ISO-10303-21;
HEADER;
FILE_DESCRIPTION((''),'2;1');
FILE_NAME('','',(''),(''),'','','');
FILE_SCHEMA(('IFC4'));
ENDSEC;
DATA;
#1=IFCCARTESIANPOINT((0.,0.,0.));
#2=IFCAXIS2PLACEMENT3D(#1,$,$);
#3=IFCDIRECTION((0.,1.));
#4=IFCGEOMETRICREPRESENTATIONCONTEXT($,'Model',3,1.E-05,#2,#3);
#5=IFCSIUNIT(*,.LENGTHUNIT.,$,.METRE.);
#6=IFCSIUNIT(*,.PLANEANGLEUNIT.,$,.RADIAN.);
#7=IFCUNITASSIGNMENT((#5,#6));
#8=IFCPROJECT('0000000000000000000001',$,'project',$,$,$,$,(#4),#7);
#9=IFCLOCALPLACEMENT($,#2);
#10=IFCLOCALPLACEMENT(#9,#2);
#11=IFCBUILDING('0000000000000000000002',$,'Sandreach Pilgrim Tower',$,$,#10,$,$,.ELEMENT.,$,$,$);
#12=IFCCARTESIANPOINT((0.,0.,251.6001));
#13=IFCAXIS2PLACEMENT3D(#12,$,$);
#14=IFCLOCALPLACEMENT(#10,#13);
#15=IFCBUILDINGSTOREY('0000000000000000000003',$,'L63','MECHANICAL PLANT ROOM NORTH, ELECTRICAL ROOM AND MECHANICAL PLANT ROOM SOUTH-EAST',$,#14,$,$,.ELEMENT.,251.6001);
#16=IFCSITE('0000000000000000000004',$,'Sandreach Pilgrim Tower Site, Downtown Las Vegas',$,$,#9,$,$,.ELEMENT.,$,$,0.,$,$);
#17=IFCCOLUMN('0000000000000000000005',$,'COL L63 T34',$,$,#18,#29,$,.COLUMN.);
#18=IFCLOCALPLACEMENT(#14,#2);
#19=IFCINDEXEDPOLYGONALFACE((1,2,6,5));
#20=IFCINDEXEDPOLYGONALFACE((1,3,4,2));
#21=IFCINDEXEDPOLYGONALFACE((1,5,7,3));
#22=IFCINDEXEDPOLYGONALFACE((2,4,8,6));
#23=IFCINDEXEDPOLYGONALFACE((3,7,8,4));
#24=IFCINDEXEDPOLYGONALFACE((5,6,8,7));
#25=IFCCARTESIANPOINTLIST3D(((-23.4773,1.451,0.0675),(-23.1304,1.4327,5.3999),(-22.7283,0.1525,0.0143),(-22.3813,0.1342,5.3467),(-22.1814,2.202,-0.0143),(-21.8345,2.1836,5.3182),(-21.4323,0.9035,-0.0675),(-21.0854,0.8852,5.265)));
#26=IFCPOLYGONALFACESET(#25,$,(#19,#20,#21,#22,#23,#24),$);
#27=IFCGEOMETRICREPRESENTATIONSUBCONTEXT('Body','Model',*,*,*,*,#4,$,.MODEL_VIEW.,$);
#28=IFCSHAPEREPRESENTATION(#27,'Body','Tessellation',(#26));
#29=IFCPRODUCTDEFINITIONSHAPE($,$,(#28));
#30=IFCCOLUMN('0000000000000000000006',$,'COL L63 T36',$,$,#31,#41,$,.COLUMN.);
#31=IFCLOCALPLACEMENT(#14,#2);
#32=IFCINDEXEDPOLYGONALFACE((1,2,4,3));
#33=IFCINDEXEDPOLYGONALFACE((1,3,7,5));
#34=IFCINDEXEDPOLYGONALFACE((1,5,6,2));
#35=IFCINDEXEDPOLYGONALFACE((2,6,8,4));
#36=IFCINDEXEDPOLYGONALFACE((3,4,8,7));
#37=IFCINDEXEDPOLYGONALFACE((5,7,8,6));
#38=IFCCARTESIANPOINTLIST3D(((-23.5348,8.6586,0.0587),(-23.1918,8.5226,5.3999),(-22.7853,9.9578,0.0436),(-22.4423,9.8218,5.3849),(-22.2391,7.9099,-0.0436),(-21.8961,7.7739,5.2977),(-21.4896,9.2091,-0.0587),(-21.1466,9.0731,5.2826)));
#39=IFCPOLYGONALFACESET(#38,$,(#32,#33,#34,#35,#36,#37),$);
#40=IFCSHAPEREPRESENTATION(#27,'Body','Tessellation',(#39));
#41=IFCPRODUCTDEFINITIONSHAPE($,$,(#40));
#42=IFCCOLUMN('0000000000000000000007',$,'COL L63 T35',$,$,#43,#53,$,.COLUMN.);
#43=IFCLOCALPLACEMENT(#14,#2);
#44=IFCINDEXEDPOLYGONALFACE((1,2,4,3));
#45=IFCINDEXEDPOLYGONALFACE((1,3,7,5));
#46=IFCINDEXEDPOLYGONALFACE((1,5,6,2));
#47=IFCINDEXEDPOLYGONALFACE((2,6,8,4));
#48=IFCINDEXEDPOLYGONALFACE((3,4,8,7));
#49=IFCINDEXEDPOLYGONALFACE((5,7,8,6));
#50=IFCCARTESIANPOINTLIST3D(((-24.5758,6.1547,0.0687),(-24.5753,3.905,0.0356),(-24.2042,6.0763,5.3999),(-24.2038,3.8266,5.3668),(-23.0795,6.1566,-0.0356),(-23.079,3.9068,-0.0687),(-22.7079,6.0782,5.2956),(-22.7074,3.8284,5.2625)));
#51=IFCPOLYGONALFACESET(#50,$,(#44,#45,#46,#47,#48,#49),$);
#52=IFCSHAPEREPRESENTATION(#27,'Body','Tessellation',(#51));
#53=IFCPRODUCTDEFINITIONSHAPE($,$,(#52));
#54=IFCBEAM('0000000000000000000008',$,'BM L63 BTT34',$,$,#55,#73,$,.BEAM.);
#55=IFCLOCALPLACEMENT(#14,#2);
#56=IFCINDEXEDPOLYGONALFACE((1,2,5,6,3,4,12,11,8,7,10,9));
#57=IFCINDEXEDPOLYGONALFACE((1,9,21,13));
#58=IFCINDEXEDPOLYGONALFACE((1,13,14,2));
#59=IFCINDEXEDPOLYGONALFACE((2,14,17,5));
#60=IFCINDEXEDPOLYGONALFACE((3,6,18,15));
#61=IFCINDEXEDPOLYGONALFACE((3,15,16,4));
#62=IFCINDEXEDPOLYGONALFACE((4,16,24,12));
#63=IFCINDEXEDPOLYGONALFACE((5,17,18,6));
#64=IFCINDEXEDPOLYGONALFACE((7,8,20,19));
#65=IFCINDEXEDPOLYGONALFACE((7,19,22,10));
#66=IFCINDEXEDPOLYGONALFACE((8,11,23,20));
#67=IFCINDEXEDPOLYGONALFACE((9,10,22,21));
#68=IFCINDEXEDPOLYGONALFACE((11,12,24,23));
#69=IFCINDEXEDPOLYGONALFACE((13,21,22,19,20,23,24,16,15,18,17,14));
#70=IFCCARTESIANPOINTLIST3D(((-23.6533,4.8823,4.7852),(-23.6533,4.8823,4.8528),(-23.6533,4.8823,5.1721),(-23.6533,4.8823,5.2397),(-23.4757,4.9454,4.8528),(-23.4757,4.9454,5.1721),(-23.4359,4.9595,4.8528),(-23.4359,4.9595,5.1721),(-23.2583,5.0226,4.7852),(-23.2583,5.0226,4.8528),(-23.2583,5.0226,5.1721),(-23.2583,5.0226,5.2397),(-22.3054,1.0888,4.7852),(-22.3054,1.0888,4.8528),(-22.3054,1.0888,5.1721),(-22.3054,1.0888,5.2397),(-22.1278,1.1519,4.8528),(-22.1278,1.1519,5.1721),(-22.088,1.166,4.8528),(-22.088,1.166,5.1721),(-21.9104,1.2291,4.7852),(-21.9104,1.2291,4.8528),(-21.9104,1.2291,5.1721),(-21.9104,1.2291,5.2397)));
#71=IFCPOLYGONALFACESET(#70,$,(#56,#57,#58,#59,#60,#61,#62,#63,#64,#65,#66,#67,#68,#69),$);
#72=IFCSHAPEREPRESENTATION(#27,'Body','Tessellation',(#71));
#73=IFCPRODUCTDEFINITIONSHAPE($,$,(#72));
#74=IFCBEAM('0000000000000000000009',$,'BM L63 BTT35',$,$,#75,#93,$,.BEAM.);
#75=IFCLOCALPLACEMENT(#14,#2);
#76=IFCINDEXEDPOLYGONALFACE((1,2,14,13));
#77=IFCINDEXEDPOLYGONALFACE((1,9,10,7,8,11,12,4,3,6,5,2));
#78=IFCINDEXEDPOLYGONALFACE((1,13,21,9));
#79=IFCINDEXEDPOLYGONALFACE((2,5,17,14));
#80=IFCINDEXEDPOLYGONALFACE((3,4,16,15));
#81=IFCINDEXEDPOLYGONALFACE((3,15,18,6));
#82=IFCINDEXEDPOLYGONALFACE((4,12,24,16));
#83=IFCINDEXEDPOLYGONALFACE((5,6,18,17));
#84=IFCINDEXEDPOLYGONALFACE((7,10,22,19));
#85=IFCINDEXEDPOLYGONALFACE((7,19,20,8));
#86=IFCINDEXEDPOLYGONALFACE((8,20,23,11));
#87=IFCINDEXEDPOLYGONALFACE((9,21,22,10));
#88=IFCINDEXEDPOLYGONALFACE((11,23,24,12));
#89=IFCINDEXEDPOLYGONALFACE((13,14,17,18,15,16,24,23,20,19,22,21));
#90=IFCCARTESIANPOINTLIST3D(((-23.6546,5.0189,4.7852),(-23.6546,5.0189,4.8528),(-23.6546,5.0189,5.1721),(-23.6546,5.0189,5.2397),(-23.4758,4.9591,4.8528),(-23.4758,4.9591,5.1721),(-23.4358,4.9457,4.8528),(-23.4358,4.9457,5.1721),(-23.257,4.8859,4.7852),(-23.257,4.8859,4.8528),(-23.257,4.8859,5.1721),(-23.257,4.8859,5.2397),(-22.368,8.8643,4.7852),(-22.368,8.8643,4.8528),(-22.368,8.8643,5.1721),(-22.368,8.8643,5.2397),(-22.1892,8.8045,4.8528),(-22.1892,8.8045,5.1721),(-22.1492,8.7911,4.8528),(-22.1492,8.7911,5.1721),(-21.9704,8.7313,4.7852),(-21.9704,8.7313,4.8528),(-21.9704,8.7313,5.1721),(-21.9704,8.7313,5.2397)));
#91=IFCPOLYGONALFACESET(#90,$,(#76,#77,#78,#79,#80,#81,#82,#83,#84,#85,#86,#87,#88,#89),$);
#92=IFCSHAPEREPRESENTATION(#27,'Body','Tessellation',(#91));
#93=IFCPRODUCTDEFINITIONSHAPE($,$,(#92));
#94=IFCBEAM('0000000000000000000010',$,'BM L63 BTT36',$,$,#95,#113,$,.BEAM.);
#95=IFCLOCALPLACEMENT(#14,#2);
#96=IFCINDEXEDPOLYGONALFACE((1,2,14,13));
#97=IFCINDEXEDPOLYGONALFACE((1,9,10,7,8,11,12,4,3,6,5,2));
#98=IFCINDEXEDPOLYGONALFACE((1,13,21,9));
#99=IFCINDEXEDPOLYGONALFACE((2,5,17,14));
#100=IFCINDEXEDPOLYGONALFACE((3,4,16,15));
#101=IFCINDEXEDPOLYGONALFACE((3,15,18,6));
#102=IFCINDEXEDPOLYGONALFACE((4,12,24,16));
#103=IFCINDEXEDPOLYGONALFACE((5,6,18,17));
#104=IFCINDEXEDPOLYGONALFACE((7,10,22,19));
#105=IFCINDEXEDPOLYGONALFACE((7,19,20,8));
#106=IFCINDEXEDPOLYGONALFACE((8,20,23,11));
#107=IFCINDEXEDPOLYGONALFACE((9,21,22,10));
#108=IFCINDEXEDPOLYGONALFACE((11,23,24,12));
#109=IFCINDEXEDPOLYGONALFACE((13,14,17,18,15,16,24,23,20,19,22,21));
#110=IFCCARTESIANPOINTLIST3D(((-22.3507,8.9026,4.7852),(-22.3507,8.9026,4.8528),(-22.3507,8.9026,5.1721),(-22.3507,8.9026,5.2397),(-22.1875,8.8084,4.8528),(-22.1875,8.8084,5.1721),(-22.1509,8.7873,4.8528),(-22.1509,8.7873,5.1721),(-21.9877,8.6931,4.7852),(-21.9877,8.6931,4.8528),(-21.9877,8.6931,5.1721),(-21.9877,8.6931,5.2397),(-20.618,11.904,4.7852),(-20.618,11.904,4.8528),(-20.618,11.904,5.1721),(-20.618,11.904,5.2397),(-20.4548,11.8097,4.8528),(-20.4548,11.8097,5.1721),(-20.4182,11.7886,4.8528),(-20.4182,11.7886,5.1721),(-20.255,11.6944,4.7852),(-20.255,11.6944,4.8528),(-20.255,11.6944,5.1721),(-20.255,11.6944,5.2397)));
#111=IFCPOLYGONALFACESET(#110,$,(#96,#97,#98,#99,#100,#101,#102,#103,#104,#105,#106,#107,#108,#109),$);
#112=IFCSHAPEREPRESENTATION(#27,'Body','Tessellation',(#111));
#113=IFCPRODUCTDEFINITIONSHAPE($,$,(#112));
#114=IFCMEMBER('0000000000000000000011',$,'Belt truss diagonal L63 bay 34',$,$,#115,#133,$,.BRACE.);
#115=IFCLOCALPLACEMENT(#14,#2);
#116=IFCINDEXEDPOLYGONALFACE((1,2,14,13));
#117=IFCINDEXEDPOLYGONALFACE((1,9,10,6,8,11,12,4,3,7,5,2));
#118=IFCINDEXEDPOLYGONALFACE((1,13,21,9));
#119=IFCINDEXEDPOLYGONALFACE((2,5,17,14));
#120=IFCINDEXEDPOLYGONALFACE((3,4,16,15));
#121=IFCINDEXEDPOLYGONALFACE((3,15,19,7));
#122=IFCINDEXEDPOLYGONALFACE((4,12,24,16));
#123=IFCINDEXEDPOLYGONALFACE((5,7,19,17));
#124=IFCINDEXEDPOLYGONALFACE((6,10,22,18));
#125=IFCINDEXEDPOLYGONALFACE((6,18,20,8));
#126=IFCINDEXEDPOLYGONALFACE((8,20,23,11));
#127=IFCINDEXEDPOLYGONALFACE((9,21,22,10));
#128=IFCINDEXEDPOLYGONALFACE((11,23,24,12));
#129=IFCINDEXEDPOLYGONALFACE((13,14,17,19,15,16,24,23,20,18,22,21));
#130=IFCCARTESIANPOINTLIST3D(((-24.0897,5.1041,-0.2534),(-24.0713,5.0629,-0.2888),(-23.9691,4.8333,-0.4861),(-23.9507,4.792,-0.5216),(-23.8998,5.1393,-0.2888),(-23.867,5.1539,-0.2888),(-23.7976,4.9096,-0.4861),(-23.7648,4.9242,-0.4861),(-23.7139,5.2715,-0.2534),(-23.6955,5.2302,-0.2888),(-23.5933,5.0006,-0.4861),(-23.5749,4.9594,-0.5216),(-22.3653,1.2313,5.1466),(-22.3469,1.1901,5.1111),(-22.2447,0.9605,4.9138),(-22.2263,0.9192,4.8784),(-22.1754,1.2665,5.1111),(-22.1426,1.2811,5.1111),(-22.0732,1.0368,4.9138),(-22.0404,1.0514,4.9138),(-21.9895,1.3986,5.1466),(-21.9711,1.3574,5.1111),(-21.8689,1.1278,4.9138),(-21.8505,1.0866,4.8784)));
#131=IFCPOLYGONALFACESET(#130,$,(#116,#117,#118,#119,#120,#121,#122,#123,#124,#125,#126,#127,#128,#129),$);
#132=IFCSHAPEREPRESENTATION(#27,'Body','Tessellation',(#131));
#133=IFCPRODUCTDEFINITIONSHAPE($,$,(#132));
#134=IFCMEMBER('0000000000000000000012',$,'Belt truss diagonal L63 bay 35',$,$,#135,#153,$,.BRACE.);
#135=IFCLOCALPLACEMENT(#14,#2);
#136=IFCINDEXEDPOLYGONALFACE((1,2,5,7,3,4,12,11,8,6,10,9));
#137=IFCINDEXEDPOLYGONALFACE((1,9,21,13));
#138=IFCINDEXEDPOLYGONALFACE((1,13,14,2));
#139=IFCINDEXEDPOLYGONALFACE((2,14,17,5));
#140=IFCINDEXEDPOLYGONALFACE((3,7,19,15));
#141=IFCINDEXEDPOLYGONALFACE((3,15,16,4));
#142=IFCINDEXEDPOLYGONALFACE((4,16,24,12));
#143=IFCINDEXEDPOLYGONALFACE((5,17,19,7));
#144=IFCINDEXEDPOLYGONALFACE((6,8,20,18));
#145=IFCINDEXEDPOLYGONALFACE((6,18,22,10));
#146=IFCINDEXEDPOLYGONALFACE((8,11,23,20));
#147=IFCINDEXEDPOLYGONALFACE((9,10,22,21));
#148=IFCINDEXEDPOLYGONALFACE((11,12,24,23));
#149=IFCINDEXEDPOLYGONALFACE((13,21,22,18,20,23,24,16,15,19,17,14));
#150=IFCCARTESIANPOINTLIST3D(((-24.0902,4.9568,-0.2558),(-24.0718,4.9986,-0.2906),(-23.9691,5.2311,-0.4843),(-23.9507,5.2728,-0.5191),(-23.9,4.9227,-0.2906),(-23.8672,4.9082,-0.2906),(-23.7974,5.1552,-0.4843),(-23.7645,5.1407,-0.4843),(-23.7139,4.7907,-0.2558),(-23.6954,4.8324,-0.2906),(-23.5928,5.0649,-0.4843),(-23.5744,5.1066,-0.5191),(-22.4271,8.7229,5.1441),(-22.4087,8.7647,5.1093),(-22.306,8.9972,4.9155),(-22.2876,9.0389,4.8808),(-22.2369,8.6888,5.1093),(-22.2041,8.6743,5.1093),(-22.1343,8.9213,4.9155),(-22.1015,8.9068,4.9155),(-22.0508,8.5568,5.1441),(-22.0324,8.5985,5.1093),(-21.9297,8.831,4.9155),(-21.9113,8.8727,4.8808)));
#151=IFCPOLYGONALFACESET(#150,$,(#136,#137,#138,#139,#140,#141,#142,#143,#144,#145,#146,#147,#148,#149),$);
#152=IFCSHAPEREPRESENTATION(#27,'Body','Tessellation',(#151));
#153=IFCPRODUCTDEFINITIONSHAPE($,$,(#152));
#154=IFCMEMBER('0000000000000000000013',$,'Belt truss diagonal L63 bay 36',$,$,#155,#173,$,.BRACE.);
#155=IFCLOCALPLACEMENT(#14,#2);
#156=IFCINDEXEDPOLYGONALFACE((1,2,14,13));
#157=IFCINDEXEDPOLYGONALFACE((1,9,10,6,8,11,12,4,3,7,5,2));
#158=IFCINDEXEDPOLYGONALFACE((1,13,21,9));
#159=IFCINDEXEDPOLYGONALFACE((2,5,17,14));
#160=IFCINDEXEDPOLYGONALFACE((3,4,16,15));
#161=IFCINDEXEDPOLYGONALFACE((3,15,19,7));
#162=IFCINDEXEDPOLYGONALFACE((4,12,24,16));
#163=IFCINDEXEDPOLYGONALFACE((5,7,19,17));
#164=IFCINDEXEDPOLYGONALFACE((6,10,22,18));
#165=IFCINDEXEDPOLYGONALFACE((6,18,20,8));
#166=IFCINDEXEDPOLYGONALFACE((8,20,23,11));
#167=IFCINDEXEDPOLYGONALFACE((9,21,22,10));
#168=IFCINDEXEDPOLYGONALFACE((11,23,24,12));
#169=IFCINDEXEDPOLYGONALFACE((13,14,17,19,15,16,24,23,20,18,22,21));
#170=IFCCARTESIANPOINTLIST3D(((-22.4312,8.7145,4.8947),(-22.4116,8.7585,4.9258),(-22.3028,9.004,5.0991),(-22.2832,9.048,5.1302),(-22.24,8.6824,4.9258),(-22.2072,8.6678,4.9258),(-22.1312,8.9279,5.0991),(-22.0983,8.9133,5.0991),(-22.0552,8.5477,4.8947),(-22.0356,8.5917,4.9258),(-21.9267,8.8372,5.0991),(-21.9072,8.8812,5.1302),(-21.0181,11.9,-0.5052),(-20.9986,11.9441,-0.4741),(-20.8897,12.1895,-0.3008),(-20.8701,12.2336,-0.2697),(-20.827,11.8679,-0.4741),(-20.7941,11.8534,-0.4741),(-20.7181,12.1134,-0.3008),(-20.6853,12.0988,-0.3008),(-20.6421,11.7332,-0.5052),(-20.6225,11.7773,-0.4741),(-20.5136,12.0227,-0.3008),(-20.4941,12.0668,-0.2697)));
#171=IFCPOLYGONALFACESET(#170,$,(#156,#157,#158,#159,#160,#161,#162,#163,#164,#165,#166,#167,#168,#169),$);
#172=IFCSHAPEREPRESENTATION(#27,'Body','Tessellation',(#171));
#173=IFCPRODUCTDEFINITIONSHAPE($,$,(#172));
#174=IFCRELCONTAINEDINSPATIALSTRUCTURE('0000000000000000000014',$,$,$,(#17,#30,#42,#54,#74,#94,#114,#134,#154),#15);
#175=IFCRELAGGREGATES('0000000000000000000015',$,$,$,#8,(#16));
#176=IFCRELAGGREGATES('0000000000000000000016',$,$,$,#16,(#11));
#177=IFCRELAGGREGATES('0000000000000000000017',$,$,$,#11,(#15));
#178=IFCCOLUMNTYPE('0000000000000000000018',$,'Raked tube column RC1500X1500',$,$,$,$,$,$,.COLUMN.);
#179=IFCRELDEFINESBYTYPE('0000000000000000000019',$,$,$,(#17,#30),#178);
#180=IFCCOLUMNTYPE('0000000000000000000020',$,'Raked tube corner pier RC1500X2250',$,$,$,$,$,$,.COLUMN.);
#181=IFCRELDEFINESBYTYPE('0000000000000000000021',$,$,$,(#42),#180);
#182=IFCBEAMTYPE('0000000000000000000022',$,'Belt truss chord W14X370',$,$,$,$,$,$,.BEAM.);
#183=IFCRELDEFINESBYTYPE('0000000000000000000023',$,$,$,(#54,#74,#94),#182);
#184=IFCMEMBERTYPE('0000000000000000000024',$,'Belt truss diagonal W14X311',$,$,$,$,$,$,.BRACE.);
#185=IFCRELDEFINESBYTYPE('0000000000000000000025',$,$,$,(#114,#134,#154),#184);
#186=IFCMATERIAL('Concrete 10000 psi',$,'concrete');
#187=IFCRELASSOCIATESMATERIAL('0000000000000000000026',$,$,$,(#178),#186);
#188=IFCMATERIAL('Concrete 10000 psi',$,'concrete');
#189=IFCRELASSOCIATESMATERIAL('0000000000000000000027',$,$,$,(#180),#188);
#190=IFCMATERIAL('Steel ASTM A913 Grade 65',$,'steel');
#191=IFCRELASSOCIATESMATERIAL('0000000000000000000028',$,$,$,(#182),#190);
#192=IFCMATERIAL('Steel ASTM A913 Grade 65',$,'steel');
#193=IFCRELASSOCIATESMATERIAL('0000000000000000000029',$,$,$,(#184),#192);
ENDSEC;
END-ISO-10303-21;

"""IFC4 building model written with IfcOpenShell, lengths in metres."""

from ifc_helpers import new_model, si_unit, direction, frame, origin, origin_2d, place, context, subcontext, project, spatial, rectangle, i_section, extrude, material, material_profile, profile_set, type_object, element, save


model = new_model("IFC4")

# Units and contexts
model_context = context("Model", 3, precision=1e-05, world=origin(), true_north=direction((0.0, 1.0)))
body_context = subcontext(model_context, "Body", "Model", "MODEL_VIEW")
ifc_project = project(units=[si_unit("LENGTHUNIT", "METRE"), si_unit("PLANEANGLEUNIT", "RADIAN")], contexts=[model_context])

# Site, building, storey
site_placement = place(None, origin())
site = spatial("IfcSite", under=ifc_project, at=site_placement, Name="Sandreach Pilgrim Tower Site, Downtown Las Vegas", CompositionType="ELEMENT", RefElevation=0.0)
building_placement = place(site_placement, origin())
building = spatial("IfcBuilding", under=site, at=building_placement, Name="Sandreach Pilgrim Tower", CompositionType="ELEMENT")
storey_placement = place(building_placement, frame((0.0, 0.0, 251.6001)))
storey = spatial("IfcBuildingStorey", under=building, at=storey_placement, Name="L63", Description="MECHANICAL PLANT ROOM NORTH, ELECTRICAL ROOM AND MECHANICAL PLANT ROOM SOUTH-EAST", CompositionType="ELEMENT", Elevation=251.6001)

# Columns
ifc_material_1 = material(Name="Concrete 10000 psi", Category="concrete")
ifc_material_profile_1 = material_profile(ifc_material_1, rectangle(XDim=1.5, YDim=1.5, at=origin_2d()), Name="RC1500X1500")
ifc_profile_set_1 = profile_set([ifc_material_profile_1], Name="Concrete 10000 psi")
column_type_1 = type_object("IfcColumnType", Name="Raked tube column RC1500X1500", PredefinedType="COLUMN", material=ifc_profile_set_1)
column_1_placement = place(storey_placement, frame((-22.4548, 1.1772, 0.0), z_axis=(0.064921, -0.003426, 0.997885), x_axis=(-0.863948, -0.500624, 0.054488)))
element("IfcColumn", 1, at=column_1_placement, inside=storey, type_object=column_type_1, Name="COL L63 T34", PredefinedType="COLUMN", context=body_context, shape_type="SweptSolid", body=[
    extrude(rectangle(XDim=1.5, YDim=1.5, at=origin_2d()), origin(), (0.0, 0.0, 1.0), 5.3438),
])
column_2_placement = place(storey_placement, frame((-22.5122, 8.9338, 0.0), z_axis=(0.064067, -0.025399, 0.997622), x_axis=(-0.863841, 0.499128, 0.068183)))
element("IfcColumn", 2, at=column_2_placement, inside=storey, type_object=column_type_1, Name="COL L63 T36", PredefinedType="COLUMN", context=body_context, shape_type="SweptSolid", body=[
    extrude(rectangle(XDim=1.5, YDim=1.5, at=origin_2d()), origin(), (0.0, 0.0, 1.0), 5.354),
])
ifc_material_2 = material(Name="Concrete 10000 psi", Category="concrete")
ifc_material_profile_2 = material_profile(ifc_material_2, rectangle(XDim=1.5, YDim=2.25, at=origin_2d()), Name="RC1500X2250")
ifc_profile_set_2 = profile_set([ifc_material_profile_2], Name="Concrete 10000 psi")
column_type_2 = type_object("IfcColumnType", Name="Raked tube corner pier RC1500X2250", PredefinedType="COLUMN", material=ifc_profile_set_2)
column_3_placement = place(storey_placement, frame((-23.8274, 5.0308, 0.0), z_axis=(0.069522, -0.014663, 0.997473), x_axis=(-0.99758, -0.001239, 0.069511)))
element("IfcColumn", 3, at=column_3_placement, inside=storey, type_object=column_type_2, Name="COL L63 T35", PredefinedType="COLUMN", context=body_context, shape_type="SweptSolid", body=[
    extrude(rectangle(XDim=1.5, YDim=2.25, at=origin_2d()), origin(), (0.0, 0.0, 1.0), 5.3447),
])

# Beams
ifc_material_3 = material(Name="Steel ASTM A913 Grade 65", Category="steel")
ifc_material_profile_3 = material_profile(ifc_material_3, i_section(OverallWidth=0.4192, OverallDepth=0.4546, WebThickness=0.0422, FlangeThickness=0.0676, at=origin_2d()), Name="W14X370")
ifc_profile_set_3 = profile_set([ifc_material_profile_3], Name="Steel ASTM A913 Grade 65")
beam_type_1 = type_object("IfcBeamType", Name="Belt truss chord W14X370", PredefinedType="BEAM", material=ifc_profile_set_3)
beam_1_placement = place(storey_placement, frame((-22.1079, 1.1589, 5.0125), z_axis=(-0.334815, 0.942284, 0.0), x_axis=(-0.942284, -0.334815, 0.0)))
element("IfcBeam", 4, at=beam_1_placement, inside=storey, type_object=beam_type_1, Name="BM L63 BTT34", PredefinedType="BEAM", context=body_context, shape_type="SweptSolid", body=[
    extrude(i_section(OverallWidth=0.4192, OverallDepth=0.4546, WebThickness=0.0422, FlangeThickness=0.0676, at=origin_2d()), origin(), (0.0, 0.0, 1.0), 4.0259),
])
beam_2_placement = place(storey_placement, frame((-23.4558, 4.9524, 5.0125), z_axis=(0.317293, 0.948327, 0.0), x_axis=(-0.948327, 0.317293, 0.0)))
element("IfcBeam", 5, at=beam_2_placement, inside=storey, type_object=beam_type_1, Name="BM L63 BTT35", PredefinedType="BEAM", context=body_context, shape_type="SweptSolid", body=[
    extrude(i_section(OverallWidth=0.4192, OverallDepth=0.4546, WebThickness=0.0422, FlangeThickness=0.0676, at=origin_2d()), origin(), (0.0, 0.0, 1.0), 4.0549),
])
beam_3_placement = place(storey_placement, frame((-22.1692, 8.7979, 5.0125), z_axis=(0.499981, 0.866037, 0.0), x_axis=(-0.866037, 0.499981, 0.0)))
element("IfcBeam", 6, at=beam_3_placement, inside=storey, type_object=beam_type_1, Name="BM L63 BTT36", PredefinedType="BEAM", context=body_context, shape_type="SweptSolid", body=[
    extrude(i_section(OverallWidth=0.4192, OverallDepth=0.4546, WebThickness=0.0422, FlangeThickness=0.0676, at=origin_2d()), origin(), (0.0, 0.0, 1.0), 3.4656),
])

# Members
ifc_material_4 = material(Name="Steel ASTM A913 Grade 65", Category="steel")
ifc_material_profile_4 = material_profile(ifc_material_4, i_section(OverallWidth=0.4114, OverallDepth=0.4343, WebThickness=0.0359, FlangeThickness=0.0574, at=origin_2d()), Name="W14X311")
ifc_profile_set_4 = profile_set([ifc_material_profile_4], Name="Steel ASTM A913 Grade 65")
member_type_1 = type_object("IfcMemberType", Name="Belt truss diagonal W14X311", PredefinedType="BRACE", material=ifc_profile_set_4)
member_1_placement = place(storey_placement, frame((-22.1079, 1.1589, 5.0125), z_axis=(-0.251175, 0.564121, -0.786561), x_axis=(-0.913538, -0.406753, 0.0)))
element("IfcMember", 7, at=member_1_placement, inside=storey, type_object=member_type_1, Name="Belt truss diagonal L63 bay 34", PredefinedType="BRACE", context=body_context, shape_type="SweptSolid", body=[
    extrude(i_section(OverallWidth=0.4114, OverallDepth=0.4343, WebThickness=0.0359, FlangeThickness=0.0574, at=origin_2d()), origin(), (0.0, 0.0, 1.0), 6.8652),
])
member_2_placement = place(storey_placement, frame((-23.8323, 5.0317, -0.3875), z_axis=(0.24492, 0.55463, 0.795236), x_axis=(-0.914777, 0.403958, 0.0)))
element("IfcMember", 8, at=member_2_placement, inside=storey, type_object=member_type_1, Name="Belt truss diagonal L63 bay 35", PredefinedType="BRACE", context=body_context, shape_type="SweptSolid", body=[
    extrude(i_section(OverallWidth=0.4114, OverallDepth=0.4343, WebThickness=0.0359, FlangeThickness=0.0574, at=origin_2d()), origin(), (0.0, 0.0, 1.0), 6.7903),
])
member_3_placement = place(storey_placement, frame((-22.1692, 8.7979, 5.0125), z_axis=(0.219875, 0.495668, -0.840219), x_axis=(-0.9141, 0.405488, 0.0)))
element("IfcMember", 9, at=member_3_placement, inside=storey, type_object=member_type_1, Name="Belt truss diagonal L63 bay 36", PredefinedType="BRACE", context=body_context, shape_type="SweptSolid", body=[
    extrude(i_section(OverallWidth=0.4114, OverallDepth=0.4343, WebThickness=0.0359, FlangeThickness=0.0574, at=origin_2d()), origin(), (0.0, 0.0, 1.0), 6.4268),
])

save(model, "model.ifc")
